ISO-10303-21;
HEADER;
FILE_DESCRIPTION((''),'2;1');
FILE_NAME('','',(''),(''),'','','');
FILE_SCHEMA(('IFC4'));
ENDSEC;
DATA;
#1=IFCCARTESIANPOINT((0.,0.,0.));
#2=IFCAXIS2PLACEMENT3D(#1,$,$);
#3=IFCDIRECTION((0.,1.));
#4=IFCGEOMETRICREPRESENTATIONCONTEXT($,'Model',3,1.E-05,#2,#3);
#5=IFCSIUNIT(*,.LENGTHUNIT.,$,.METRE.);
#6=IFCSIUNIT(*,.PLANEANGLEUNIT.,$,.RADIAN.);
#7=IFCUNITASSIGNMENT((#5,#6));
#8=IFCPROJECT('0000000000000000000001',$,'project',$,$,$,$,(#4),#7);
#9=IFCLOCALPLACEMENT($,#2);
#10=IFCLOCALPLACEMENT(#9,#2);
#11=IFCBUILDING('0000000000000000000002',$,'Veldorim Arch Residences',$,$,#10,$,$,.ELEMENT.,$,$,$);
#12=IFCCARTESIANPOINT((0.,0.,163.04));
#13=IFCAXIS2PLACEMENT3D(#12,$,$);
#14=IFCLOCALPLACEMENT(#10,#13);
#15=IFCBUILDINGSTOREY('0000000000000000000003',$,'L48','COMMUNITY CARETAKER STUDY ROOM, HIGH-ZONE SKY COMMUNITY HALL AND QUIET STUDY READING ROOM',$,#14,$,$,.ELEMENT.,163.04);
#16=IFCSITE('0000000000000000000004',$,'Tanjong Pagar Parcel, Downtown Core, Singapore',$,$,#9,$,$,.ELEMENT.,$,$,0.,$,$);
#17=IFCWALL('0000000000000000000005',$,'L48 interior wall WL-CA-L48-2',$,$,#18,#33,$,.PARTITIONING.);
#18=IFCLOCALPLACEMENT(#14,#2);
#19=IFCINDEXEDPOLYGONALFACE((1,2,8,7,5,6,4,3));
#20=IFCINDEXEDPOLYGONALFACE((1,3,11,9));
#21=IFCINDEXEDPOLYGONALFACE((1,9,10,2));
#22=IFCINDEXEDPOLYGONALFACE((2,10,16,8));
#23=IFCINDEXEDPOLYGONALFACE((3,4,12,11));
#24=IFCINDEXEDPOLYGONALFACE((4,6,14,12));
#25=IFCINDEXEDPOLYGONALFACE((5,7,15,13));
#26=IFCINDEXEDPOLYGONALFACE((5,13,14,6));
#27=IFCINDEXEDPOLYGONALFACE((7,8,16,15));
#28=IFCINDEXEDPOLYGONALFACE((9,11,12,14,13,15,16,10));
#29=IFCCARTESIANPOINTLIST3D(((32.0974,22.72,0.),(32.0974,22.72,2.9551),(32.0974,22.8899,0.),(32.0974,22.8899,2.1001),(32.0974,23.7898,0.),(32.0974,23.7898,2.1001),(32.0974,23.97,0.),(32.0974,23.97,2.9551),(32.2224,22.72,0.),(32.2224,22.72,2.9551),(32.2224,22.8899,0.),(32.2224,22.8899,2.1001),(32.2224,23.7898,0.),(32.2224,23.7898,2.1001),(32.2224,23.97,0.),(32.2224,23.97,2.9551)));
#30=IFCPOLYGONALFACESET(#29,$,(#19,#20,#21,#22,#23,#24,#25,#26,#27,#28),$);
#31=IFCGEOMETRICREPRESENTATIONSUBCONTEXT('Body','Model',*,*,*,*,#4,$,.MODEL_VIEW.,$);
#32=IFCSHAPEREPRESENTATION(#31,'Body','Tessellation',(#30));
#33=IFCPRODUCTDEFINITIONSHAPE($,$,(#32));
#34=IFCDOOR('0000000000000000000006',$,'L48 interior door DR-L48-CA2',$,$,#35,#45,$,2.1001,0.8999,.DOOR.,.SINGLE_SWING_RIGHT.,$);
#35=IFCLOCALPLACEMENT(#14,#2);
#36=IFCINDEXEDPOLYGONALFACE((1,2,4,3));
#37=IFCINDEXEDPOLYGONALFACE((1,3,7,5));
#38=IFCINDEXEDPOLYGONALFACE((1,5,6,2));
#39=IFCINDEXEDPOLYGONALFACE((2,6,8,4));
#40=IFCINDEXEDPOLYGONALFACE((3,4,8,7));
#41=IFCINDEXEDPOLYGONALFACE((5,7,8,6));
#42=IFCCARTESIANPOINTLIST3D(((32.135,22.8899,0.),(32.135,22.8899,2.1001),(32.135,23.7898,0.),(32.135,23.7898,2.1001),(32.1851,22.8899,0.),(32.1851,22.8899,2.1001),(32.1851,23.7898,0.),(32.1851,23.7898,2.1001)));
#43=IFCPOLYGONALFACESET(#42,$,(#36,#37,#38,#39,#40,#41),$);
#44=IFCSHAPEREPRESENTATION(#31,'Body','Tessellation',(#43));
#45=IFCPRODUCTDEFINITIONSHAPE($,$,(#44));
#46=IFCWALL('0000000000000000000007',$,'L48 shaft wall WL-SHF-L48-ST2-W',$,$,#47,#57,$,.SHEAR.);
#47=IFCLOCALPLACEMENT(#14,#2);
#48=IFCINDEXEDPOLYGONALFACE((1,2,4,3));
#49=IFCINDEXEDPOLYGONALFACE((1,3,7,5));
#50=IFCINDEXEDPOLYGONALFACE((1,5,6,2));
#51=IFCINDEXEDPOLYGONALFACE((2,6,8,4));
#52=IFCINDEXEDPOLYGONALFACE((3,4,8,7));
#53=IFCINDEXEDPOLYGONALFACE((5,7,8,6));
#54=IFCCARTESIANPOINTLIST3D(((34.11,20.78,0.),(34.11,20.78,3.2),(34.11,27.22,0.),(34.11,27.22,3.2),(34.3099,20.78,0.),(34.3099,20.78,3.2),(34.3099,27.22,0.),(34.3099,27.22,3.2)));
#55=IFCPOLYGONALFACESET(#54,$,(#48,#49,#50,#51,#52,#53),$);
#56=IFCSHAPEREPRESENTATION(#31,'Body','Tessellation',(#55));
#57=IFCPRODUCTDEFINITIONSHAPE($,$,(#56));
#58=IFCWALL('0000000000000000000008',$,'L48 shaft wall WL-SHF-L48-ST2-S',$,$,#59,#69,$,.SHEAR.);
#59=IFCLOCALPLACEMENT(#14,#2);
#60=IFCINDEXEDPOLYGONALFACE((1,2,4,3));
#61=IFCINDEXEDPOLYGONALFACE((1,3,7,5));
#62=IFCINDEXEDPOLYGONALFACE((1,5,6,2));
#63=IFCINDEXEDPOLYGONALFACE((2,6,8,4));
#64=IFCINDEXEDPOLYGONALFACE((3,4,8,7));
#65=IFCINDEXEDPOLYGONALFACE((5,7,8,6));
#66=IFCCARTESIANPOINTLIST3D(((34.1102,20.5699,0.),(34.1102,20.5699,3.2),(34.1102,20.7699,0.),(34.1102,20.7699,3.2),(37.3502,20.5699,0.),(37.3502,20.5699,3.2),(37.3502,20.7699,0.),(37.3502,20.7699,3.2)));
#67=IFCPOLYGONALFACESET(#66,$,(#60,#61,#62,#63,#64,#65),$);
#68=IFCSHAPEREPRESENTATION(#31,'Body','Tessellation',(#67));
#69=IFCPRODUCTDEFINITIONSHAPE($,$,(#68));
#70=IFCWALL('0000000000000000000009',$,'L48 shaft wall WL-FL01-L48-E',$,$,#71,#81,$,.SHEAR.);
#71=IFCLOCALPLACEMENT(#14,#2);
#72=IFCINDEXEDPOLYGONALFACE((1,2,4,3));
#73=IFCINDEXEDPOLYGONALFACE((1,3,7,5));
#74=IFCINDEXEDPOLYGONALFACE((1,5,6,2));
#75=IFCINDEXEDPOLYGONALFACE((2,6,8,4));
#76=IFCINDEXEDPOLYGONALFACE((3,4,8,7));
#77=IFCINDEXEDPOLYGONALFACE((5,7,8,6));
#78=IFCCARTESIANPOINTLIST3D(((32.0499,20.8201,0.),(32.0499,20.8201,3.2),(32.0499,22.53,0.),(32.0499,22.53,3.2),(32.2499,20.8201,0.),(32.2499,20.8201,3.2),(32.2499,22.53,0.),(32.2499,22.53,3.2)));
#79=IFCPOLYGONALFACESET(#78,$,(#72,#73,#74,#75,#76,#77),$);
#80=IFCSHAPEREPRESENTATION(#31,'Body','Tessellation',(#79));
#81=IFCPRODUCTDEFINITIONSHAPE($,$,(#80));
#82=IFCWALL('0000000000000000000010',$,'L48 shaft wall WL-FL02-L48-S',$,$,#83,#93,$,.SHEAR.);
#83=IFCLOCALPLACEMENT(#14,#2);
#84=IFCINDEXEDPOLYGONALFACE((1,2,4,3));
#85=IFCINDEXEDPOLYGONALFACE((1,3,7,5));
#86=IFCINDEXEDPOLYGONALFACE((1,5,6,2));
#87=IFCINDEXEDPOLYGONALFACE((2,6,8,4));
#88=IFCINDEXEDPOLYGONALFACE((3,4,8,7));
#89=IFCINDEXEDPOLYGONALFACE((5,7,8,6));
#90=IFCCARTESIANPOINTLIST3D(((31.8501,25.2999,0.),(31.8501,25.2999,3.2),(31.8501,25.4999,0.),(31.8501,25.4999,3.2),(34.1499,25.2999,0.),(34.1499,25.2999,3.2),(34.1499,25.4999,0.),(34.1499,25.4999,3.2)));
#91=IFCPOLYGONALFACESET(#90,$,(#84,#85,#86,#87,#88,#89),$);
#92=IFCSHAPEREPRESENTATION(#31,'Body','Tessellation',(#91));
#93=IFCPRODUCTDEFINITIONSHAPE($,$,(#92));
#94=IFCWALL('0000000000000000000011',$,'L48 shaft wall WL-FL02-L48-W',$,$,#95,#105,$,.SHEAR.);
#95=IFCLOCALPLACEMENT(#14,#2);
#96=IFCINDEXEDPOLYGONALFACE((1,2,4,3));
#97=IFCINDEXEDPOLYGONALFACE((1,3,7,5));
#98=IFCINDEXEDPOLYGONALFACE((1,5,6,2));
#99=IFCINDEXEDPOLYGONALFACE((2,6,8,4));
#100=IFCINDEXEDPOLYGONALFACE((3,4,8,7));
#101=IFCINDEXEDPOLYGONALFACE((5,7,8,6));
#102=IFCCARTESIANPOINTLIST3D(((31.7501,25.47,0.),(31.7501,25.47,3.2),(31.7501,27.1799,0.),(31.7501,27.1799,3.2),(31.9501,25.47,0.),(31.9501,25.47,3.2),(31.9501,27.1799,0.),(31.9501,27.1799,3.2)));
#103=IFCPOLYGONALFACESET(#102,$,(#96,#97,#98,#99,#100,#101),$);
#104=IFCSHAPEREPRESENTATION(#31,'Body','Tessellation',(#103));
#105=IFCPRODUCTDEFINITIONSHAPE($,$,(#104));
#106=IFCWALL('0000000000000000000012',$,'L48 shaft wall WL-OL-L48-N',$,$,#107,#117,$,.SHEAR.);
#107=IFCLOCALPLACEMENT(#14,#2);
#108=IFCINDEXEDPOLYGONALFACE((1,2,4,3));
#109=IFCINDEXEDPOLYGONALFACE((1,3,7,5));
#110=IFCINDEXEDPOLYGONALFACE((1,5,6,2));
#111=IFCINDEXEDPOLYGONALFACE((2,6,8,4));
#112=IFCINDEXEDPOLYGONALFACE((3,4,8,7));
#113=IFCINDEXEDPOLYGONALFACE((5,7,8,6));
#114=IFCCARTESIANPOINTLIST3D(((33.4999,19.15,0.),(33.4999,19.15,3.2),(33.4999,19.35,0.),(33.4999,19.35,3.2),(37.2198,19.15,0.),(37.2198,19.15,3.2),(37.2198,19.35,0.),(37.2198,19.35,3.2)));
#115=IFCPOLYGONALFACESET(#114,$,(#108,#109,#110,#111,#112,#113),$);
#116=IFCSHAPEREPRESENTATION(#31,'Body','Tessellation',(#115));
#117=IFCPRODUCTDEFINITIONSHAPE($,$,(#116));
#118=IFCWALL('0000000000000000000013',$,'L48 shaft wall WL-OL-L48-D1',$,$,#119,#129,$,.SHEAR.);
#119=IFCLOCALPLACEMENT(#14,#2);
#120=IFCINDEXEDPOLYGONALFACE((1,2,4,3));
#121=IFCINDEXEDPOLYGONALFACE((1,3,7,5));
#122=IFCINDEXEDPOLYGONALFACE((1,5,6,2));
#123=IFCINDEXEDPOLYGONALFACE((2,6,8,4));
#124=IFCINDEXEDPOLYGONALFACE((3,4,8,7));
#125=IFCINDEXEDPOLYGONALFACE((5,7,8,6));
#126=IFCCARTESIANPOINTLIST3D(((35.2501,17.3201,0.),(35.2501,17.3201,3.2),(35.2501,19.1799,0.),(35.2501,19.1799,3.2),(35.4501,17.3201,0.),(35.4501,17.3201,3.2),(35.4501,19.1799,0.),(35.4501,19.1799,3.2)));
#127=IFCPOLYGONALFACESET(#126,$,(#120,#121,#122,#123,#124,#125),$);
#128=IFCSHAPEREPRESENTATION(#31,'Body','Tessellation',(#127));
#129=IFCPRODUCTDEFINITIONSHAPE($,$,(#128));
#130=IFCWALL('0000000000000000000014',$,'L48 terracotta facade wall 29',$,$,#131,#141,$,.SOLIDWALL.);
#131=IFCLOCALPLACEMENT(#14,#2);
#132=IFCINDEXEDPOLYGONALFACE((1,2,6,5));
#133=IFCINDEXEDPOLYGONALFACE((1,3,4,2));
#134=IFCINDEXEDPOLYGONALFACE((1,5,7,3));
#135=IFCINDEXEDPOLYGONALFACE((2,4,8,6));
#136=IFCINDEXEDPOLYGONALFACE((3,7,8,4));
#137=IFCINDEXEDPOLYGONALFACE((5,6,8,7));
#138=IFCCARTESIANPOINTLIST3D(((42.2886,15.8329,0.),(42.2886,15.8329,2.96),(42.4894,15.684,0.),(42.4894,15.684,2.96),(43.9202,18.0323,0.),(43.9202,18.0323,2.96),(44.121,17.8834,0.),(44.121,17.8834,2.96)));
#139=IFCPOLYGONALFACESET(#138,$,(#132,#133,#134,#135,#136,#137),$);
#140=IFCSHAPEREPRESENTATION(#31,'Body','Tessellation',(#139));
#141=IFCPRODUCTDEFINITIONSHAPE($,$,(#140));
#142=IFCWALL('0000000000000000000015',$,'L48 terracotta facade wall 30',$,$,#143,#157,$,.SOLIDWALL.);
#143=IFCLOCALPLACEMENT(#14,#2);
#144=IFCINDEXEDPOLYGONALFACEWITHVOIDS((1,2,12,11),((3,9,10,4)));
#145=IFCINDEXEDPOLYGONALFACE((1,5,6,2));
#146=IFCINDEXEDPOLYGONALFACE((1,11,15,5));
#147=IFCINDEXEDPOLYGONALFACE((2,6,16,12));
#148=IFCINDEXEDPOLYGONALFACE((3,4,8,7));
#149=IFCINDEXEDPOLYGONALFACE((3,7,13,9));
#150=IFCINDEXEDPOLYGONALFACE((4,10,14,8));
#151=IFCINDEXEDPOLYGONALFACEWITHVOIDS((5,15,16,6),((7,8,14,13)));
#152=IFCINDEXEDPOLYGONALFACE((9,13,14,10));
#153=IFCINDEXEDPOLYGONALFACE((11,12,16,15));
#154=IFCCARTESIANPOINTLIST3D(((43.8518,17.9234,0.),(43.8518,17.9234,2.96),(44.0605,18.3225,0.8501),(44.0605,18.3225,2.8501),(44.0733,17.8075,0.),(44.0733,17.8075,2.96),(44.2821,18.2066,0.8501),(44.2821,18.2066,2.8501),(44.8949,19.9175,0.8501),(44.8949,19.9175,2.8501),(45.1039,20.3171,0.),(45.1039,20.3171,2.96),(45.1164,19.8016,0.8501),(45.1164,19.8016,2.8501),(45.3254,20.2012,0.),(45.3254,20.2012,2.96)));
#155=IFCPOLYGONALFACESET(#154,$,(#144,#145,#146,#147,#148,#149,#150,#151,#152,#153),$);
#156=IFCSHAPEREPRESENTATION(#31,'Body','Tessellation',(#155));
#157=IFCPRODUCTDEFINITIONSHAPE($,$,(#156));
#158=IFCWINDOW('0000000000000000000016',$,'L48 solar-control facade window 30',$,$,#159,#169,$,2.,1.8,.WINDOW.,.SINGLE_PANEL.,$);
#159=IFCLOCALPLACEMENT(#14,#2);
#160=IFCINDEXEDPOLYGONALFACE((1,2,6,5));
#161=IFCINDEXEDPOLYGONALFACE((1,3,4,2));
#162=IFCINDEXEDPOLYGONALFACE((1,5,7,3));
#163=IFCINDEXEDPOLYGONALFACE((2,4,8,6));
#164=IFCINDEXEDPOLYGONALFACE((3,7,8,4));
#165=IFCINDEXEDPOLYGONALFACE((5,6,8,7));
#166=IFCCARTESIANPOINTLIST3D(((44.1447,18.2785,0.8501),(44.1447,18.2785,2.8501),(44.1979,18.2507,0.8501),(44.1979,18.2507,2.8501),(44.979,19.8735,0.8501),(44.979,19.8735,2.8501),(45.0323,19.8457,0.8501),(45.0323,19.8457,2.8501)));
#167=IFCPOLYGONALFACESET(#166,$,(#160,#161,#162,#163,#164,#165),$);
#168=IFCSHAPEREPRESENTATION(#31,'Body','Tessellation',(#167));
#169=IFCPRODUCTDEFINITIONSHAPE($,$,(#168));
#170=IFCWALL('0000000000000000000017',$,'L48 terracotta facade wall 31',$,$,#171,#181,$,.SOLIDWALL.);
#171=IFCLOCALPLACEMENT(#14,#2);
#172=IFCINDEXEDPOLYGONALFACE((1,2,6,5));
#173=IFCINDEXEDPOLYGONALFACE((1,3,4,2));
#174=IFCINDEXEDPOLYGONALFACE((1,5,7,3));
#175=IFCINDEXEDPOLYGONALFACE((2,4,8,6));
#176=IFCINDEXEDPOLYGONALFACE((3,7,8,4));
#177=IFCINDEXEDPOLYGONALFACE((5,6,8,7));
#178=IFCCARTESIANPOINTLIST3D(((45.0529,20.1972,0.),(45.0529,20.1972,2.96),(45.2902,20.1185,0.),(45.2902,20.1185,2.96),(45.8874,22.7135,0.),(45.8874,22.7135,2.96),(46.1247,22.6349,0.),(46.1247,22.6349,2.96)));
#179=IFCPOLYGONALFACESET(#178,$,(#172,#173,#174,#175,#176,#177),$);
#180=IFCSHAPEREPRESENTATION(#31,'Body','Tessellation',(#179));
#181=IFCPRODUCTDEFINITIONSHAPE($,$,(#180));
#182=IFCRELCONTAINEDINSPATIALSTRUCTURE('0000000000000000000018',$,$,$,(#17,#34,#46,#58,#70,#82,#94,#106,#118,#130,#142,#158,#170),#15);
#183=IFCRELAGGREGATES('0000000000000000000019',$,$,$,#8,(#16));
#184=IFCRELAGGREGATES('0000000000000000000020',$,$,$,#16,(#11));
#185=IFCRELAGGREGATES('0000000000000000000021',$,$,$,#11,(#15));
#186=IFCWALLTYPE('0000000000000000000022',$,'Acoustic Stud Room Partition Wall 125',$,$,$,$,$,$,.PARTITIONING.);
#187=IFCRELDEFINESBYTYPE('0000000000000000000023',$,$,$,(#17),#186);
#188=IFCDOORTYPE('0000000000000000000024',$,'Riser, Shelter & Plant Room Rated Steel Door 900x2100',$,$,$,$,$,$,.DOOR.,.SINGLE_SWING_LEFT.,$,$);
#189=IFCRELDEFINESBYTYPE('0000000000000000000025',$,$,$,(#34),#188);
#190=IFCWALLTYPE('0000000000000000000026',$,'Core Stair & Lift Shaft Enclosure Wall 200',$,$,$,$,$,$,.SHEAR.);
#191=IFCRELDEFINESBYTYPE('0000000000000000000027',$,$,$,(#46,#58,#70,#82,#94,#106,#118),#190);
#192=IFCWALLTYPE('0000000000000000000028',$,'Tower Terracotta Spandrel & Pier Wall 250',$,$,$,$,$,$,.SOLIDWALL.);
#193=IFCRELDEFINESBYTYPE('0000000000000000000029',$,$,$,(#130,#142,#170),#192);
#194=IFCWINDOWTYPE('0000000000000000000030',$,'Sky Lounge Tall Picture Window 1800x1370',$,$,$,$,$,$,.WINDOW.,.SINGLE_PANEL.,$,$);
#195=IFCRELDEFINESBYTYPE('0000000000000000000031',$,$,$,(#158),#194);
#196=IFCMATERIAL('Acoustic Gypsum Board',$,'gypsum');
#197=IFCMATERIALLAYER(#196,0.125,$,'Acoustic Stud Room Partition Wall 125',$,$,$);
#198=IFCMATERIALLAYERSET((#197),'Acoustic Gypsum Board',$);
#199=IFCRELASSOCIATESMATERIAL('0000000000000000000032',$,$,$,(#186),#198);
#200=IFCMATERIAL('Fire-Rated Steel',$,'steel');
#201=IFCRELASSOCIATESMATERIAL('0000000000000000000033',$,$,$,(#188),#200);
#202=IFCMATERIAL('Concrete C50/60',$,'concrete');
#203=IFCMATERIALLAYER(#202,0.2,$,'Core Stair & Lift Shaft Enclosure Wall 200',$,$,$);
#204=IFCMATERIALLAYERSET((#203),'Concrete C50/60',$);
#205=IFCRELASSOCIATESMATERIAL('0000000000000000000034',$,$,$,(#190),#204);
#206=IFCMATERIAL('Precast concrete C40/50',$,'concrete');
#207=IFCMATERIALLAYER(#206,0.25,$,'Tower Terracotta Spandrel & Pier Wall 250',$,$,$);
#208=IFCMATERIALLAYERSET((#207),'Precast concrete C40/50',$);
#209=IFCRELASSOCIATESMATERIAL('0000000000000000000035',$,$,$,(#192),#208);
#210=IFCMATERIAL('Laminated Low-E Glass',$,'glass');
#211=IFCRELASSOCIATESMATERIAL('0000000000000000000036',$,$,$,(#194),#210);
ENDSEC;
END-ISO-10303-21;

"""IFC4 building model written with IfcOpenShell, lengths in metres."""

from ifc_helpers import new_model, si_unit, direction, frame, frame_2d, origin, place, context, subcontext, project, spatial, rectangle, extrude, material, layer, layer_set, type_object, element, fill, save


model = new_model("IFC4")

# Units and contexts
model_context = context("Model", 3, precision=1e-05, world=origin(), true_north=direction((0.0, 1.0)))
body_context = subcontext(model_context, "Body", "Model", "MODEL_VIEW")
ifc_project = project(units=[si_unit("LENGTHUNIT", "METRE"), si_unit("PLANEANGLEUNIT", "RADIAN")], contexts=[model_context])

# Site, building, storey
site_placement = place(None, origin())
site = spatial("IfcSite", under=ifc_project, at=site_placement, Name="Tanjong Pagar Parcel, Downtown Core, Singapore", CompositionType="ELEMENT", RefElevation=0.0)
building_placement = place(site_placement, origin())
building = spatial("IfcBuilding", under=site, at=building_placement, Name="Veldorim Arch Residences", CompositionType="ELEMENT")
storey_placement = place(building_placement, frame((0.0, 0.0, 163.04)))
storey = spatial("IfcBuildingStorey", under=building, at=storey_placement, Name="L48", Description="COMMUNITY CARETAKER STUDY ROOM, HIGH-ZONE SKY COMMUNITY HALL AND QUIET STUDY READING ROOM", CompositionType="ELEMENT", Elevation=163.04)

# Wall, opening, door
ifc_material_1 = material(Name="Acoustic Gypsum Board", Category="gypsum")
ifc_layer_1 = layer(ifc_material_1, 0.125, Name="Acoustic Stud Room Partition Wall 125")
ifc_layer_set_1 = layer_set([ifc_layer_1], Name="Acoustic Gypsum Board")
wall_type_1 = type_object("IfcWallType", Name="Acoustic Stud Room Partition Wall 125", PredefinedType="PARTITIONING", material=ifc_layer_set_1)
wall_1_placement = place(storey_placement, frame((32.1599, 22.72, 0.0), z_axis=(0.0, 0.0, 1.0), x_axis=(0.0, 1.0, 0.0)))
wall_1 = element("IfcWall", 1, at=wall_1_placement, inside=storey, type_object=wall_type_1, Name="L48 interior wall WL-CA-L48-2", PredefinedType="PARTITIONING", context=body_context, shape_type="SweptSolid", body=[
    extrude(rectangle(XDim=1.25, YDim=0.125, at=frame_2d((0.625, 0.0))), origin(), (0.0, 0.0, 1.0), 2.9551),
])
opening_1_placement = place(wall_1_placement, frame((0.1699, 0.0, 0.0)))
opening_1 = element("IfcOpeningElement", 2, at=opening_1_placement, cuts=wall_1, PredefinedType="OPENING", context=body_context, shape_type="SweptSolid", body=[
    extrude(rectangle(XDim=0.8999, YDim=2.1001, at=frame_2d((0.45, 1.05))), frame((0.0, 0.0725, 0.0), z_axis=(0.0, -1.0, 0.0), x_axis=(1.0, 0.0, 0.0)), (0.0, 0.0, 1.0), 0.145),
])
ifc_material_2 = material(Name="Fire-Rated Steel", Category="steel")
door_type_1 = type_object("IfcDoorType", Name="Riser, Shelter & Plant Room Rated Steel Door 900x2100", OperationType="SINGLE_SWING_LEFT", PredefinedType="DOOR", material=ifc_material_2)
door_1_placement = place(opening_1_placement, origin())
door_1 = element("IfcDoor", 3, at=door_1_placement, inside=storey, type_object=door_type_1, Name="L48 interior door DR-L48-CA2", OperationType="SINGLE_SWING_RIGHT", OverallHeight=2.1001, OverallWidth=0.8999, PredefinedType="DOOR", context=body_context, shape_type="SweptSolid", body=[
    extrude(rectangle(XDim=0.8999, YDim=2.1001, at=frame_2d((0.45, 1.05))), frame((0.0, 0.0249, 0.0), z_axis=(0.0, -1.0, 0.0), x_axis=(1.0, 0.0, 0.0)), (0.0, 0.0, 1.0), 0.05),
])
fill(opening_1, door_1)

# Walls
ifc_material_3 = material(Name="Concrete C50/60", Category="concrete")
ifc_layer_2 = layer(ifc_material_3, 0.2, Name="Core Stair & Lift Shaft Enclosure Wall 200")
ifc_layer_set_2 = layer_set([ifc_layer_2], Name="Concrete C50/60")
wall_type_2 = type_object("IfcWallType", Name="Core Stair & Lift Shaft Enclosure Wall 200", PredefinedType="SHEAR", material=ifc_layer_set_2)
wall_2_placement = place(storey_placement, frame((34.21, 20.78, 0.0), z_axis=(0.0, 0.0, 1.0), x_axis=(0.0, 1.0, 0.0)))
element("IfcWall", 4, at=wall_2_placement, inside=storey, type_object=wall_type_2, Name="L48 shaft wall WL-SHF-L48-ST2-W", PredefinedType="SHEAR", context=body_context, shape_type="SweptSolid", body=[
    extrude(rectangle(XDim=6.4399, YDim=0.2, at=frame_2d((3.22, 0.0))), origin(), (0.0, 0.0, 1.0), 3.2),
])
wall_3_placement = place(storey_placement, frame((34.1101, 20.6699, 0.0), z_axis=(0.0, 0.0, 1.0), x_axis=(1.0, 0.0, 0.0)))
element("IfcWall", 5, at=wall_3_placement, inside=storey, type_object=wall_type_2, Name="L48 shaft wall WL-SHF-L48-ST2-S", PredefinedType="SHEAR", context=body_context, shape_type="SweptSolid", body=[
    extrude(rectangle(XDim=3.24, YDim=0.2, at=frame_2d((1.6201, 0.0))), origin(), (0.0, 0.0, 1.0), 3.2),
])
wall_4_placement = place(storey_placement, frame((32.1499, 20.8201, 0.0), z_axis=(0.0, 0.0, 1.0), x_axis=(0.0, 1.0, 0.0)))
element("IfcWall", 6, at=wall_4_placement, inside=storey, type_object=wall_type_2, Name="L48 shaft wall WL-FL01-L48-E", PredefinedType="SHEAR", context=body_context, shape_type="SweptSolid", body=[
    extrude(rectangle(XDim=1.71, YDim=0.2, at=frame_2d((0.855, 0.0))), origin(), (0.0, 0.0, 1.0), 3.2),
])
wall_5_placement = place(storey_placement, frame((31.8501, 25.3999, 0.0), z_axis=(0.0, 0.0, 1.0), x_axis=(1.0, 0.0, 0.0)))
element("IfcWall", 7, at=wall_5_placement, inside=storey, type_object=wall_type_2, Name="L48 shaft wall WL-FL02-L48-S", PredefinedType="SHEAR", context=body_context, shape_type="SweptSolid", body=[
    extrude(rectangle(XDim=2.2998, YDim=0.2, at=frame_2d((1.1499, 0.0))), origin(), (0.0, 0.0, 1.0), 3.2),
])
wall_6_placement = place(storey_placement, frame((31.8501, 25.47, 0.0), z_axis=(0.0, 0.0, 1.0), x_axis=(0.0, 1.0, 0.0)))
element("IfcWall", 8, at=wall_6_placement, inside=storey, type_object=wall_type_2, Name="L48 shaft wall WL-FL02-L48-W", PredefinedType="SHEAR", context=body_context, shape_type="SweptSolid", body=[
    extrude(rectangle(XDim=1.71, YDim=0.2, at=frame_2d((0.855, 0.0))), origin(), (0.0, 0.0, 1.0), 3.2),
])
wall_7_placement = place(storey_placement, frame((33.5, 19.25, 0.0), z_axis=(0.0, 0.0, 1.0), x_axis=(1.0, 0.0, 0.0)))
element("IfcWall", 9, at=wall_7_placement, inside=storey, type_object=wall_type_2, Name="L48 shaft wall WL-OL-L48-N", PredefinedType="SHEAR", context=body_context, shape_type="SweptSolid", body=[
    extrude(rectangle(XDim=3.72, YDim=0.2, at=frame_2d((1.8599, 0.0))), origin(), (0.0, 0.0, 1.0), 3.2),
])
wall_8_placement = place(storey_placement, frame((35.3501, 17.3201, 0.0), z_axis=(0.0, 0.0, 1.0), x_axis=(0.0, 1.0, 0.0)))
element("IfcWall", 10, at=wall_8_placement, inside=storey, type_object=wall_type_2, Name="L48 shaft wall WL-OL-L48-D1", PredefinedType="SHEAR", context=body_context, shape_type="SweptSolid", body=[
    extrude(rectangle(XDim=1.8599, YDim=0.2, at=frame_2d((0.9299, 0.0))), origin(), (0.0, 0.0, 1.0), 3.2),
])
ifc_material_4 = material(Name="Precast concrete C40/50", Category="concrete")
ifc_layer_3 = layer(ifc_material_4, 0.25, Name="Tower Terracotta Spandrel & Pier Wall 250")
ifc_layer_set_3 = layer_set([ifc_layer_3], Name="Precast concrete C40/50")
wall_type_3 = type_object("IfcWallType", Name="Tower Terracotta Spandrel & Pier Wall 250", PredefinedType="SOLIDWALL", material=ifc_layer_set_3)
wall_9_placement = place(storey_placement, frame((44.0205, 17.9578, 0.0), z_axis=(0.0, 0.0, 1.0), x_axis=(-0.595784, -0.803145, 0.0)))
element("IfcWall", 11, at=wall_9_placement, inside=storey, type_object=wall_type_3, Name="L48 terracotta facade wall 29", PredefinedType="SOLIDWALL", context=body_context, shape_type="SweptSolid", body=[
    extrude(rectangle(XDim=2.7385, YDim=0.25, at=frame_2d((1.3691, 0.0))), origin(), (0.0, 0.0, 1.0), 2.96),
])

# Wall, opening, window
wall_10_placement = place(storey_placement, frame((45.2146, 20.259, 0.0), z_axis=(0.0, 0.0, 1.0), x_axis=(-0.463514, -0.88609, 0.0)))
wall_10 = element("IfcWall", 12, at=wall_10_placement, inside=storey, type_object=wall_type_3, Name="L48 terracotta facade wall 30", PredefinedType="SOLIDWALL", context=body_context, shape_type="SweptSolid", body=[
    extrude(rectangle(XDim=2.7014, YDim=0.25, at=frame_2d((1.3506, 0.0))), origin(), (0.0, 0.0, 1.0), 2.96),
])
opening_2_placement = place(wall_10_placement, frame((0.4509, 0.0, 0.8501)))
opening_2 = element("IfcOpeningElement", 13, at=opening_2_placement, cuts=wall_10, PredefinedType="OPENING", context=body_context, shape_type="SweptSolid", body=[
    extrude(rectangle(XDim=1.8, YDim=2.0, at=frame_2d((0.8999, 1.0))), frame((0.0, 0.135, 0.0), z_axis=(0.0, -1.0, 0.0), x_axis=(1.0, 0.0, 0.0)), (0.0, 0.0, 1.0), 0.27),
])
ifc_material_5 = material(Name="Laminated Low-E Glass", Category="glass")
window_type = type_object("IfcWindowType", Name="Sky Lounge Tall Picture Window 1800x1370", PartitioningType="SINGLE_PANEL", PredefinedType="WINDOW", material=ifc_material_5)
window_1_placement = place(opening_2_placement, origin())
window_1 = element("IfcWindow", 14, at=window_1_placement, inside=storey, type_object=window_type, Name="L48 solar-control facade window 30", OverallHeight=2.0, OverallWidth=1.8, PartitioningType="SINGLE_PANEL", PredefinedType="WINDOW", context=body_context, shape_type="SweptSolid", body=[
    extrude(rectangle(XDim=1.8, YDim=2.0, at=frame_2d((0.8999, 1.0))), frame((0.0, 0.03, 0.0), z_axis=(0.0, -1.0, 0.0), x_axis=(1.0, 0.0, 0.0)), (0.0, 0.0, 1.0), 0.0601),
])
fill(opening_2, window_1)

# Wall
wall_11_placement = place(storey_placement, frame((46.0061, 22.6743, 0.0), z_axis=(0.0, 0.0, 1.0), x_axis=(-0.314763, -0.94917, 0.0)))
element("IfcWall", 15, at=wall_11_placement, inside=storey, type_object=wall_type_3, Name="L48 terracotta facade wall 31", PredefinedType="SOLIDWALL", context=body_context, shape_type="SweptSolid", body=[
    extrude(rectangle(XDim=2.6511, YDim=0.25, at=frame_2d((1.3257, 0.0))), origin(), (0.0, 0.0, 1.0), 2.96),
])

save(model, "model.ifc")
